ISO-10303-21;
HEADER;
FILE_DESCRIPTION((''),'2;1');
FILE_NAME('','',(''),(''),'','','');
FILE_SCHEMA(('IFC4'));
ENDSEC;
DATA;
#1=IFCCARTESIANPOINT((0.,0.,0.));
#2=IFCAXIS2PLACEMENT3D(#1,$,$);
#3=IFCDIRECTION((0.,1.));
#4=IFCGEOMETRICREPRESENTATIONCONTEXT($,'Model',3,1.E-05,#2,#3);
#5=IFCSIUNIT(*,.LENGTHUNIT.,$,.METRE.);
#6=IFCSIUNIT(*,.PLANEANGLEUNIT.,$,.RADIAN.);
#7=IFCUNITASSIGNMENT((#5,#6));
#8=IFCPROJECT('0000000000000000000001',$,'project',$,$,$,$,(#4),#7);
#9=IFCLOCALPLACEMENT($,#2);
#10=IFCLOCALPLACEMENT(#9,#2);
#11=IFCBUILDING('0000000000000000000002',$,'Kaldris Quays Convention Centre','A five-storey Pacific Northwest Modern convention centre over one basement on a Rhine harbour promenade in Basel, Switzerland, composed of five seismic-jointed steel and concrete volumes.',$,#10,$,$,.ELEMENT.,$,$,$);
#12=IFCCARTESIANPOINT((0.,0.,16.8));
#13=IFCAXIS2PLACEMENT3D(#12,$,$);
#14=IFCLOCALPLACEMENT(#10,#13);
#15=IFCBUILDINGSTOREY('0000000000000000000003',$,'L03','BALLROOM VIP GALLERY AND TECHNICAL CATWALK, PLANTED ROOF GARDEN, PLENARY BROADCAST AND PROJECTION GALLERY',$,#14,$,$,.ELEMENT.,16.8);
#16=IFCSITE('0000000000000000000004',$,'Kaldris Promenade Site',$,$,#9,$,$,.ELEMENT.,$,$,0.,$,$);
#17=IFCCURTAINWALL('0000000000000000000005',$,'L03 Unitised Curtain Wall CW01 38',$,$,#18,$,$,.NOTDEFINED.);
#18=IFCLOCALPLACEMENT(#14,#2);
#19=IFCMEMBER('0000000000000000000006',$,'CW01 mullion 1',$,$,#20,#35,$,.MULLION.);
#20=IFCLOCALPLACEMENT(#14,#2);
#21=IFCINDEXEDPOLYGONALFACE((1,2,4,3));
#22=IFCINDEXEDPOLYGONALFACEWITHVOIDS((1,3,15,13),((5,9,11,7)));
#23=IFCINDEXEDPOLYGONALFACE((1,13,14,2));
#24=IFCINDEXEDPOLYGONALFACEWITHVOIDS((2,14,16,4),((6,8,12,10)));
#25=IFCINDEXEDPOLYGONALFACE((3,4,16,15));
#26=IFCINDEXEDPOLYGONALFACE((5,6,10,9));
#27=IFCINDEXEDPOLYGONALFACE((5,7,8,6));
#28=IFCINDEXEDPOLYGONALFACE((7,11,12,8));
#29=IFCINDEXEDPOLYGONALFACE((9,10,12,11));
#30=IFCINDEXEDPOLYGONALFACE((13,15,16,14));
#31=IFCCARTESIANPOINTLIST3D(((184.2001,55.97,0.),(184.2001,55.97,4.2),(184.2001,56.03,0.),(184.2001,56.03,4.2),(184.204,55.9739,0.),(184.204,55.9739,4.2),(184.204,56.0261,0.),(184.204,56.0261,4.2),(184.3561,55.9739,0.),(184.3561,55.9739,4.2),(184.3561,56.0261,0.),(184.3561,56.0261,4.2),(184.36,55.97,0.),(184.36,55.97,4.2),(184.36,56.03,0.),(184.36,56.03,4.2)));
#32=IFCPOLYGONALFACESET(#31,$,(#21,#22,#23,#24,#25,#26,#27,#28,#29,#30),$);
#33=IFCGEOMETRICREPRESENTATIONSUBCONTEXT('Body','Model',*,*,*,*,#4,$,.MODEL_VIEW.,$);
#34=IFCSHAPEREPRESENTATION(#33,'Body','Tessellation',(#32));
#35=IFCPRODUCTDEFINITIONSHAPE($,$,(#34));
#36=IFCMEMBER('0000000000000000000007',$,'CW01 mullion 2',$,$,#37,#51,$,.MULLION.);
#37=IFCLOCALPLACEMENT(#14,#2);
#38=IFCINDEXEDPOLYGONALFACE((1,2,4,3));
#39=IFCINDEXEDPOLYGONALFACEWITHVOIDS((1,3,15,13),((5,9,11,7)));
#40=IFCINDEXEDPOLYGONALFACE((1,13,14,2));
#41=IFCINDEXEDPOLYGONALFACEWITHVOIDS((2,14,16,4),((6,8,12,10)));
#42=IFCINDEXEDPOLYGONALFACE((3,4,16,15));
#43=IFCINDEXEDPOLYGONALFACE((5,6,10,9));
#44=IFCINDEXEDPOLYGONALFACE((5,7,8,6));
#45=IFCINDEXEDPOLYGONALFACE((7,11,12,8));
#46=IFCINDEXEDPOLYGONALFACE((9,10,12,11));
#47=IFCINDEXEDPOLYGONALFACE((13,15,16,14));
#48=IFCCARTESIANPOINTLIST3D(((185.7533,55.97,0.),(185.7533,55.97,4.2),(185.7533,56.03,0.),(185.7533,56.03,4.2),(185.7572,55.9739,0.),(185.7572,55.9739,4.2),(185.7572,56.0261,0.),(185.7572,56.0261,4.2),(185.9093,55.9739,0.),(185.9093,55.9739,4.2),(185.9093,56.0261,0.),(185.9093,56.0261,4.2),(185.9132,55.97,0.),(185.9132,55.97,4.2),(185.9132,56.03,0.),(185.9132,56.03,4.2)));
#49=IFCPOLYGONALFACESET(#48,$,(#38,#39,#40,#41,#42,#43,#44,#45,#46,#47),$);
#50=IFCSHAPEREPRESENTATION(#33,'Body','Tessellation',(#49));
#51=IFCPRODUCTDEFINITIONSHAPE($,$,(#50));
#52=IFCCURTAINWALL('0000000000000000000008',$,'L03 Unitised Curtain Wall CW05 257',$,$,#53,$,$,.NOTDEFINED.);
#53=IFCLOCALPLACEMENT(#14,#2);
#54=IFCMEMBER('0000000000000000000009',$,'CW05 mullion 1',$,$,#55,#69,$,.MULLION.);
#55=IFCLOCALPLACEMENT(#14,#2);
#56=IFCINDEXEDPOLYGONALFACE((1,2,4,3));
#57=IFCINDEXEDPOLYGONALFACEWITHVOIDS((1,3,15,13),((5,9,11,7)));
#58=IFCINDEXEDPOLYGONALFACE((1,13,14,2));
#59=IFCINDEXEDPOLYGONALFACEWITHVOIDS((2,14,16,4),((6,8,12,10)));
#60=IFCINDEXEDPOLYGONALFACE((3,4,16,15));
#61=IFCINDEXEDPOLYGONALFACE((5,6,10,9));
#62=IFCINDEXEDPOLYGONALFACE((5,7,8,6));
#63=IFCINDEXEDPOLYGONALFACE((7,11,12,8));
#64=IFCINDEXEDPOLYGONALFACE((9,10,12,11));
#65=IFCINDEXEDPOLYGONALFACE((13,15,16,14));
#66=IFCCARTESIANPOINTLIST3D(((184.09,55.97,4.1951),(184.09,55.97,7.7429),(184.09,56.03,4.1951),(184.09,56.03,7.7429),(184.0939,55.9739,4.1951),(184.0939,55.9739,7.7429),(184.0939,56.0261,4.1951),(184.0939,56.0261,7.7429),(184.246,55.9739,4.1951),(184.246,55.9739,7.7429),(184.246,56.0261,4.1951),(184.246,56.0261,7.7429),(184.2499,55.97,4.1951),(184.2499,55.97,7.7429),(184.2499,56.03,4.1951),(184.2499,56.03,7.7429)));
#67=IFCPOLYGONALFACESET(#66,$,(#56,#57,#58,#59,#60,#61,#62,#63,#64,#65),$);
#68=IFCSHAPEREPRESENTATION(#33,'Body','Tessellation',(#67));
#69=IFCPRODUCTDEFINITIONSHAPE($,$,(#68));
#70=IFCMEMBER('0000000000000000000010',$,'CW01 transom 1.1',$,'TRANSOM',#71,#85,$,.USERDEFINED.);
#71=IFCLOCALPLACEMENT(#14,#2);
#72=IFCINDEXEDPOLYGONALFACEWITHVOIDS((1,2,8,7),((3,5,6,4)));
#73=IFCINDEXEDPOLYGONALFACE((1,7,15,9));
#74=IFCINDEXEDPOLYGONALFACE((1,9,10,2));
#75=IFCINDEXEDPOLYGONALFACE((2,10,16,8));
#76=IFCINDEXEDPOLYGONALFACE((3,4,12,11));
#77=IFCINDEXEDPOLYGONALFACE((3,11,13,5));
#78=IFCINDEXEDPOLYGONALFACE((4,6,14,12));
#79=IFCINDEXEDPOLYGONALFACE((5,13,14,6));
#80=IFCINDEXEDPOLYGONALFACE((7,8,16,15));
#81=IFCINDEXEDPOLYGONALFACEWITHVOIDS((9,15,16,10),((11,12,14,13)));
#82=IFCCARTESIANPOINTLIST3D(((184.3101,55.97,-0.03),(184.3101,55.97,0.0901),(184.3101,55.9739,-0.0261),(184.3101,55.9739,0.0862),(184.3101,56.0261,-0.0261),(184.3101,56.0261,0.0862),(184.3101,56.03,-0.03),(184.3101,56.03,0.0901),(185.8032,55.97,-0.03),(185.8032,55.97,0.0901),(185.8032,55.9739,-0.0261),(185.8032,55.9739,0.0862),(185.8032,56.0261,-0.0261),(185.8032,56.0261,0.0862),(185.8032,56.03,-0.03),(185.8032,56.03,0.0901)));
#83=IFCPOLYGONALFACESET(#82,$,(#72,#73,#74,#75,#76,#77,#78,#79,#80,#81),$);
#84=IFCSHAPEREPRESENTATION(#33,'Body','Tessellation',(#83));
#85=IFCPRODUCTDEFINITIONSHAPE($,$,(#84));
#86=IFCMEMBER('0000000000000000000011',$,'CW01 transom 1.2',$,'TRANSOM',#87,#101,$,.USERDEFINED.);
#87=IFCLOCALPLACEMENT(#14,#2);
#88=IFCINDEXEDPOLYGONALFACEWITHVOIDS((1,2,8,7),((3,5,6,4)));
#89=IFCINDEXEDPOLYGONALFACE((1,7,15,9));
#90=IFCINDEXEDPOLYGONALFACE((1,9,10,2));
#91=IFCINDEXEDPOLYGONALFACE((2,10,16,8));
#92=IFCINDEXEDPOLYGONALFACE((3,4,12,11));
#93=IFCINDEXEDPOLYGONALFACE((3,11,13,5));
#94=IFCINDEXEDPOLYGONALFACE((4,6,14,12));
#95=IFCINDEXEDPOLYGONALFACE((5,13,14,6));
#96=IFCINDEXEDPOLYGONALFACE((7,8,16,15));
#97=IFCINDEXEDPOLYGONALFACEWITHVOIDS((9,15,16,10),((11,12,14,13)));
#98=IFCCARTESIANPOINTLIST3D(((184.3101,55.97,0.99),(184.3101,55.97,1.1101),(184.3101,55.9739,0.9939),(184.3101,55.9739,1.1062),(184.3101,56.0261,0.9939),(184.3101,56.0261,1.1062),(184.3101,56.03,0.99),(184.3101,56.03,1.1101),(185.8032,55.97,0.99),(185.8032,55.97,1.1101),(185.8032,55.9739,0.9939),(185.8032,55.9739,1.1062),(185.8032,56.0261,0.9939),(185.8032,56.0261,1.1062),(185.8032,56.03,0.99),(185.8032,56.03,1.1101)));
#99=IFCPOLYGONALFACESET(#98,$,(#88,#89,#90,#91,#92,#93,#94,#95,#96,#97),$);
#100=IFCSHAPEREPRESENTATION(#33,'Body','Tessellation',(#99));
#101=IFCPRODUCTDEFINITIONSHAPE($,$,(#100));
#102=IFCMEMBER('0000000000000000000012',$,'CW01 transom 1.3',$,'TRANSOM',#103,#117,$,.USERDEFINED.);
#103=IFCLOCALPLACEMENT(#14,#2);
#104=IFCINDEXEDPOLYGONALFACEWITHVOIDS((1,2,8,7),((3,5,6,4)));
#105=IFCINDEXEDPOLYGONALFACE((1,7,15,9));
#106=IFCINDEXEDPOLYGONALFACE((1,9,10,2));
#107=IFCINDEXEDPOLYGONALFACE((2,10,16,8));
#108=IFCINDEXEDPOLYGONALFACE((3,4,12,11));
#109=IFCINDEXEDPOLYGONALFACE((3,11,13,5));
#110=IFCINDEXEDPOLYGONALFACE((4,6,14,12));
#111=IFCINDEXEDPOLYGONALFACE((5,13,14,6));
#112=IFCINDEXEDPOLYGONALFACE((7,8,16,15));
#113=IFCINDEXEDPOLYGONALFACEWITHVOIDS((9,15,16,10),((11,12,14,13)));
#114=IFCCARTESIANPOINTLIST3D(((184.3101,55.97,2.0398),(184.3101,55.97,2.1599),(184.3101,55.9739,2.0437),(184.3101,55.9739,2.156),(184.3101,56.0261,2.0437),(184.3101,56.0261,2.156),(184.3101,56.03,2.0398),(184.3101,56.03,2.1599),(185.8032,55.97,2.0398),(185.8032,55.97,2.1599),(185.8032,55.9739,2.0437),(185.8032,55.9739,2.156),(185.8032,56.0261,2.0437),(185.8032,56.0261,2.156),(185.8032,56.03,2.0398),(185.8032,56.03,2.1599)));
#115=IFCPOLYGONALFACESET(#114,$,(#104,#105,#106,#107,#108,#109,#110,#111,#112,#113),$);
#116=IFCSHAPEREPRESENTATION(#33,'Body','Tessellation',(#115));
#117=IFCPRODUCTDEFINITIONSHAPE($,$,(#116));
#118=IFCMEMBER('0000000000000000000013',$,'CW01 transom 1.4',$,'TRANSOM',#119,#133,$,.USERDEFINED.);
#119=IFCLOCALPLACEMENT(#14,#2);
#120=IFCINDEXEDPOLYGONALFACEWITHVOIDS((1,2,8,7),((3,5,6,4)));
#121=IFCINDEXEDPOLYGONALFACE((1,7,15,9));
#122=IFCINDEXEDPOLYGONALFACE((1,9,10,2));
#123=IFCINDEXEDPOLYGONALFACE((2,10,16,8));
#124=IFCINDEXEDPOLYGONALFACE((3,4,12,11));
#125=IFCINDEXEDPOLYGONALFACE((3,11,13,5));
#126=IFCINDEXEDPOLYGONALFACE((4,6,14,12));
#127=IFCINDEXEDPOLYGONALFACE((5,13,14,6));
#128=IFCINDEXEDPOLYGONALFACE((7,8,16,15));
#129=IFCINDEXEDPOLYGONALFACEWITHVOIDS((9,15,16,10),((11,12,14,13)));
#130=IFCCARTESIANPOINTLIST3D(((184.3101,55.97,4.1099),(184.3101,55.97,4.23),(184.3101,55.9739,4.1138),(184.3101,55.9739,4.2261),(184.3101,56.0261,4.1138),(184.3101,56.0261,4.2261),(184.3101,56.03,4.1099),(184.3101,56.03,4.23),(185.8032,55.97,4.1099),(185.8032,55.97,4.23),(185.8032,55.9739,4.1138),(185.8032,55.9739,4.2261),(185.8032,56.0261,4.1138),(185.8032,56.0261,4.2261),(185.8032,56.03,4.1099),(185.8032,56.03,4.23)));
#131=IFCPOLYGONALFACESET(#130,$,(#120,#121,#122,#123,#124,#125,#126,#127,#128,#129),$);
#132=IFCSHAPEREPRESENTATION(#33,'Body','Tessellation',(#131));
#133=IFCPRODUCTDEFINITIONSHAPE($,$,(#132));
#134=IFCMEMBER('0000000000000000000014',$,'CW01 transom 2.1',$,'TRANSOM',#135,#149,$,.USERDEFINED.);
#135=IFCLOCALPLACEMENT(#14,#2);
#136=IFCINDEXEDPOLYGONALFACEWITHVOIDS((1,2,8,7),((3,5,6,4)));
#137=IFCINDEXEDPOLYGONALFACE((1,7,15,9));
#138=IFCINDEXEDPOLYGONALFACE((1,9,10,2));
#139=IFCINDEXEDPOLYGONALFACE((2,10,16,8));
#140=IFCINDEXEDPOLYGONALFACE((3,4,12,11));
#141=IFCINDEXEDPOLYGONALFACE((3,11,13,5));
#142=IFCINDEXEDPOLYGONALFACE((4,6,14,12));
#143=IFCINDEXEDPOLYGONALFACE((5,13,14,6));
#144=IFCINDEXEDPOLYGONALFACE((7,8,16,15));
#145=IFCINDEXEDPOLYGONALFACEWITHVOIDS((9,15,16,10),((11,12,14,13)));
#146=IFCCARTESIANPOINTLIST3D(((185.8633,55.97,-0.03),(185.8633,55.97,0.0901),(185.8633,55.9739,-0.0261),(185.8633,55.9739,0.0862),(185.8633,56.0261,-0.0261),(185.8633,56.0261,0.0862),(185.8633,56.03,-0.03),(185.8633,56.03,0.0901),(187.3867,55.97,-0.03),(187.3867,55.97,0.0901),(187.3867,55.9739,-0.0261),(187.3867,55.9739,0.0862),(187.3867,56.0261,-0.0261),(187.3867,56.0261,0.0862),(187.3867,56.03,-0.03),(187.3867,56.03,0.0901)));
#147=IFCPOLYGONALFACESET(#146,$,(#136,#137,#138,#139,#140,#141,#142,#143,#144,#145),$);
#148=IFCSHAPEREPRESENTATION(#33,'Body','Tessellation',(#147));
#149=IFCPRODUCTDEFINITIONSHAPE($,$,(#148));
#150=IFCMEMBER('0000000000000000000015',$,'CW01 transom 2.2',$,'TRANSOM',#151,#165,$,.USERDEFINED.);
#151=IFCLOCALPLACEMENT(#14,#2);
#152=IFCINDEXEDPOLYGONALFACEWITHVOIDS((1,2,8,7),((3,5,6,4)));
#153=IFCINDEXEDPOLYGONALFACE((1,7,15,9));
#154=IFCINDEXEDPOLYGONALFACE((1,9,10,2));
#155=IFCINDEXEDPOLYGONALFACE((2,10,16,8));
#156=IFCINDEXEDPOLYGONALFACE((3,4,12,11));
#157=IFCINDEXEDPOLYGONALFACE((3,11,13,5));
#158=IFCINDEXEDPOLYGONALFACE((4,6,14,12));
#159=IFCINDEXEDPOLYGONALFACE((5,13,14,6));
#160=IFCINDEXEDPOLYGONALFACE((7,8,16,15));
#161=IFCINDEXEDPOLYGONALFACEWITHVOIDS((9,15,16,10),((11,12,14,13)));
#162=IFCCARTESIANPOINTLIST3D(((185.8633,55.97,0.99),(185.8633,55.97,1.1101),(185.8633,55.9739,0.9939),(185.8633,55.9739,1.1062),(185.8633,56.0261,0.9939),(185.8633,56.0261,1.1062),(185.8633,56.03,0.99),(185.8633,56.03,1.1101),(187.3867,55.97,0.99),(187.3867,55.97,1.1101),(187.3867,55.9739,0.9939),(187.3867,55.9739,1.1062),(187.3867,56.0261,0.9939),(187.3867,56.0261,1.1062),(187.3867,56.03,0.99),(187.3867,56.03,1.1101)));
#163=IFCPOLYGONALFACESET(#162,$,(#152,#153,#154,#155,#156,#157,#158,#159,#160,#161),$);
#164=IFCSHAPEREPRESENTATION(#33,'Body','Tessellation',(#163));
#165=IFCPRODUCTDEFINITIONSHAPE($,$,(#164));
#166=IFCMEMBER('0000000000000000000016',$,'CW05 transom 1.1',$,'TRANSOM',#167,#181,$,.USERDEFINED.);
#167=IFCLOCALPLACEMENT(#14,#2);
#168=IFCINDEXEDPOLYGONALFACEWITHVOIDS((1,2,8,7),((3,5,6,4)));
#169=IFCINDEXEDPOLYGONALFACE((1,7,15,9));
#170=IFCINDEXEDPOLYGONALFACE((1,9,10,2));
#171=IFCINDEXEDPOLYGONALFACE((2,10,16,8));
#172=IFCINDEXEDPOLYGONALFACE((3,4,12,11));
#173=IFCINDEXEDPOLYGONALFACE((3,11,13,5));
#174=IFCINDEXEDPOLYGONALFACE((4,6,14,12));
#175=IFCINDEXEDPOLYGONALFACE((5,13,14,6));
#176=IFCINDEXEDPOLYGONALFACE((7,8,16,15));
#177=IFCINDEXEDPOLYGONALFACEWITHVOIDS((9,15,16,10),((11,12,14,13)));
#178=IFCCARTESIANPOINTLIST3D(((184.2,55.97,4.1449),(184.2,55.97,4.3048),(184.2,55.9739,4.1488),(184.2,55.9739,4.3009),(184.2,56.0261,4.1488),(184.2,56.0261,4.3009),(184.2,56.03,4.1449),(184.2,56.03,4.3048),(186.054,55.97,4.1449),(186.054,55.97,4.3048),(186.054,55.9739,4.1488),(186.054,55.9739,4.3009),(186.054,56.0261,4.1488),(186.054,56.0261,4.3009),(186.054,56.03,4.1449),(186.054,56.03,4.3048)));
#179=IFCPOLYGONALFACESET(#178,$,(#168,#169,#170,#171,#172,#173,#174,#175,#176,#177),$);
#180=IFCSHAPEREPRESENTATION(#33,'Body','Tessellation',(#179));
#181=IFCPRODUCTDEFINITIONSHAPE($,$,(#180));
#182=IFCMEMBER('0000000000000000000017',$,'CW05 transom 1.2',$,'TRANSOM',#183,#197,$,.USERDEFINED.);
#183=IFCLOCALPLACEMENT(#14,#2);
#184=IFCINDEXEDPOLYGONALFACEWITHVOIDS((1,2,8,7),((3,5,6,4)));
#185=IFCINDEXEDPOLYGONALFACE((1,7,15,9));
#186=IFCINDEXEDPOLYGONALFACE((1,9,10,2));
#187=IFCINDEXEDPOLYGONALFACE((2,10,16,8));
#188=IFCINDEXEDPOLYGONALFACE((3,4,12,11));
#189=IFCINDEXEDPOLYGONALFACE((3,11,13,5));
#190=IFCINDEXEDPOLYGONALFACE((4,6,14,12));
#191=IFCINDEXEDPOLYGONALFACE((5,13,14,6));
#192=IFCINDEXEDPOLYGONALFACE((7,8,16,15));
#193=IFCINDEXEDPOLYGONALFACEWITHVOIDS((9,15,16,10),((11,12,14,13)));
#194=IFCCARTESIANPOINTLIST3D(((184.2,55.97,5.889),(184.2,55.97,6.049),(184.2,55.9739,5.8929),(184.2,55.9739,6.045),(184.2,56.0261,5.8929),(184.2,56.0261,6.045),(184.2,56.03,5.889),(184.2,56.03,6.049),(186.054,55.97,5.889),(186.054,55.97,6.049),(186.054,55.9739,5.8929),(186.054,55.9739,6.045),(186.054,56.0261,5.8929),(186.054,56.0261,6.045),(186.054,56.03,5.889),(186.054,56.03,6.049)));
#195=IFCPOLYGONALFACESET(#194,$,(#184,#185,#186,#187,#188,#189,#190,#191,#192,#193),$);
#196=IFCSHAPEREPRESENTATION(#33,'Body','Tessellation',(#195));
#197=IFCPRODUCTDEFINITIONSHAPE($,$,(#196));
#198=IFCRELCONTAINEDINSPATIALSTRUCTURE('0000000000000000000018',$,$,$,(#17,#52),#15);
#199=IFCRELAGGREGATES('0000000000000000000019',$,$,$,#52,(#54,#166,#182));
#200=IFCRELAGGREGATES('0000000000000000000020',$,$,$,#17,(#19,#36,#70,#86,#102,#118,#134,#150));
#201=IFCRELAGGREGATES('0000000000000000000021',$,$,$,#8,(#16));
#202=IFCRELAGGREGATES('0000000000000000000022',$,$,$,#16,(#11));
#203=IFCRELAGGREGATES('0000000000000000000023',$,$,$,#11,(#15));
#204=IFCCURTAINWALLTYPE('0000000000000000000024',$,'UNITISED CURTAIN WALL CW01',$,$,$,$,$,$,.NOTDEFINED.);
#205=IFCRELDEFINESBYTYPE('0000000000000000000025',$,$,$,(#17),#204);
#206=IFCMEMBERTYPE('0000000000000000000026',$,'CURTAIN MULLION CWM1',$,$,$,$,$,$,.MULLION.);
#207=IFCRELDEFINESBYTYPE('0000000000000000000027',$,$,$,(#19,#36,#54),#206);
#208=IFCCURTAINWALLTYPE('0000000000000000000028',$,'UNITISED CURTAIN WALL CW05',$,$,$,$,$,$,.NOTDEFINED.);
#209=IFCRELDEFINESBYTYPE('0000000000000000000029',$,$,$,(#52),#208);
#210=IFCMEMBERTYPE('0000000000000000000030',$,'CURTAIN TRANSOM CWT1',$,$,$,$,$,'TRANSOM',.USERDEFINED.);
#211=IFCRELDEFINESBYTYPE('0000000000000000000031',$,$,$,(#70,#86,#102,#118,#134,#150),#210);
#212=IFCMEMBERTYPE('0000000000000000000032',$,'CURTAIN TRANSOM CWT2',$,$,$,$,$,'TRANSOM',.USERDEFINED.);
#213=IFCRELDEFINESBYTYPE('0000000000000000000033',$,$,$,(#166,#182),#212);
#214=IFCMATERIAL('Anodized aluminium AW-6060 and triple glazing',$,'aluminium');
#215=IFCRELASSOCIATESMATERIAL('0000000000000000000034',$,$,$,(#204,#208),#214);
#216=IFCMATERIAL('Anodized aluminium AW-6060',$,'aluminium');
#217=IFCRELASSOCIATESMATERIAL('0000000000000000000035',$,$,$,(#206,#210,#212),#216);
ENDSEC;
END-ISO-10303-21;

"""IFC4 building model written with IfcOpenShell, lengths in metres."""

from ifc_helpers import new_model, si_unit, direction, frame, origin, origin_2d, place, context, subcontext, project, spatial, hollow_rectangle, extrude, material, material_profile, profile_set, type_object, element, aggregate, save


model = new_model("IFC4")

# Units and contexts
model_context = context("Model", 3, precision=1e-05, world=origin(), true_north=direction((0.0, 1.0)))
body_context = subcontext(model_context, "Body", "Model", "MODEL_VIEW")
ifc_project = project(units=[si_unit("LENGTHUNIT", "METRE"), si_unit("PLANEANGLEUNIT", "RADIAN")], contexts=[model_context])

# Site, building, storey
site_placement = place(None, origin())
site = spatial("IfcSite", under=ifc_project, at=site_placement, Name="Kaldris Promenade Site", CompositionType="ELEMENT", RefElevation=0.0)
building_placement = place(site_placement, origin())
building = spatial("IfcBuilding", under=site, at=building_placement, Name="Kaldris Quays Convention Centre", Description="A five-storey Pacific Northwest Modern convention centre over one basement on a Rhine harbour promenade in Basel, Switzerland, composed of five seismic-jointed steel and concrete volumes.", CompositionType="ELEMENT")
storey_placement = place(building_placement, frame((0.0, 0.0, 16.8)))
storey = spatial("IfcBuildingStorey", under=building, at=storey_placement, Name="L03", Description="BALLROOM VIP GALLERY AND TECHNICAL CATWALK, PLANTED ROOF GARDEN, PLENARY BROADCAST AND PROJECTION GALLERY", CompositionType="ELEMENT", Elevation=16.8)

# Curtain wall, members
ifc_material_1 = material(Name="Anodized aluminium AW-6060 and triple glazing", Category="aluminium")
curtain_wall_type_1 = type_object("IfcCurtainWallType", Name="UNITISED CURTAIN WALL CW01", PredefinedType="NOTDEFINED", material=ifc_material_1)
curtain_wall_1_placement = place(storey_placement, origin())
curtain_wall_1 = element("IfcCurtainWall", 1, at=curtain_wall_1_placement, inside=storey, type_object=curtain_wall_type_1, Name="L03 Unitised Curtain Wall CW01 38", PredefinedType="NOTDEFINED")
ifc_material_2 = material(Name="Anodized aluminium AW-6060", Category="aluminium")
ifc_material_profile_1 = material_profile(ifc_material_2, hollow_rectangle(XDim=0.0601, YDim=0.1599, WallThickness=0.0039, at=origin_2d()), Name="RHS 160x60x4")
ifc_profile_set_1 = profile_set([ifc_material_profile_1], Name="Anodized aluminium AW-6060")
member_type_1 = type_object("IfcMemberType", Name="CURTAIN MULLION CWM1", PredefinedType="MULLION", material=ifc_profile_set_1)
member_1_placement = place(storey_placement, frame((184.28, 56.0, 0.0), z_axis=(0.0, 0.0, 1.0), x_axis=(0.0, 1.0, 0.0)))
member_1 = element("IfcMember", 2, at=member_1_placement, type_object=member_type_1, Name="CW01 mullion 1", PredefinedType="MULLION", context=body_context, shape_type="SweptSolid", body=[
    extrude(hollow_rectangle(XDim=0.0601, YDim=0.1599, WallThickness=0.0039, at=origin_2d()), origin(), (0.0, 0.0, 1.0), 4.2),
])
member_2_placement = place(storey_placement, frame((185.8333, 56.0, 0.0), z_axis=(0.0, 0.0, 1.0), x_axis=(0.0, 1.0, 0.0)))
member_2 = element("IfcMember", 3, at=member_2_placement, type_object=member_type_1, Name="CW01 mullion 2", PredefinedType="MULLION", context=body_context, shape_type="SweptSolid", body=[
    extrude(hollow_rectangle(XDim=0.0601, YDim=0.1599, WallThickness=0.0039, at=origin_2d()), origin(), (0.0, 0.0, 1.0), 4.2),
])

# Curtain wall, member
curtain_wall_type_2 = type_object("IfcCurtainWallType", Name="UNITISED CURTAIN WALL CW05", PredefinedType="NOTDEFINED", material=ifc_material_1)
curtain_wall_2_placement = place(storey_placement, origin())
curtain_wall_2 = element("IfcCurtainWall", 4, at=curtain_wall_2_placement, inside=storey, type_object=curtain_wall_type_2, Name="L03 Unitised Curtain Wall CW05 257", PredefinedType="NOTDEFINED")
member_3_placement = place(storey_placement, frame((184.1699, 56.0, 4.1951), z_axis=(0.0, 0.0, 1.0), x_axis=(0.0, 1.0, 0.0)))
member_3 = element("IfcMember", 5, at=member_3_placement, type_object=member_type_1, Name="CW05 mullion 1", PredefinedType="MULLION", context=body_context, shape_type="SweptSolid", body=[
    extrude(hollow_rectangle(XDim=0.0601, YDim=0.1599, WallThickness=0.0039, at=origin_2d()), origin(), (0.0, 0.0, 1.0), 3.5479),
])

# Members
ifc_material_profile_2 = material_profile(ifc_material_2, hollow_rectangle(XDim=0.0601, YDim=0.1201, WallThickness=0.0039, at=origin_2d()), Name="RHS 120x60x4")
ifc_profile_set_2 = profile_set([ifc_material_profile_2], Name="Anodized aluminium AW-6060")
member_type_2 = type_object("IfcMemberType", Name="CURTAIN TRANSOM CWT1", ElementType="TRANSOM", PredefinedType="USERDEFINED", material=ifc_profile_set_2)
member_4_placement = place(storey_placement, frame((184.3101, 56.0, 0.03), z_axis=(1.0, 0.0, 0.0), x_axis=(0.0, 1.0, 0.0)))
member_4 = element("IfcMember", 6, at=member_4_placement, type_object=member_type_2, Name="CW01 transom 1.1", ObjectType="TRANSOM", PredefinedType="USERDEFINED", context=body_context, shape_type="SweptSolid", body=[
    extrude(hollow_rectangle(XDim=0.0601, YDim=0.1201, WallThickness=0.0039, at=origin_2d()), origin(), (0.0, 0.0, 1.0), 1.4932),
])
member_5_placement = place(storey_placement, frame((184.3101, 56.0, 1.05), z_axis=(1.0, 0.0, 0.0), x_axis=(0.0, 1.0, 0.0)))
member_5 = element("IfcMember", 7, at=member_5_placement, type_object=member_type_2, Name="CW01 transom 1.2", ObjectType="TRANSOM", PredefinedType="USERDEFINED", context=body_context, shape_type="SweptSolid", body=[
    extrude(hollow_rectangle(XDim=0.0601, YDim=0.1201, WallThickness=0.0039, at=origin_2d()), origin(), (0.0, 0.0, 1.0), 1.4932),
])
member_6_placement = place(storey_placement, frame((184.3101, 56.0, 2.0999), z_axis=(1.0, 0.0, 0.0), x_axis=(0.0, 1.0, 0.0)))
member_6 = element("IfcMember", 8, at=member_6_placement, type_object=member_type_2, Name="CW01 transom 1.3", ObjectType="TRANSOM", PredefinedType="USERDEFINED", context=body_context, shape_type="SweptSolid", body=[
    extrude(hollow_rectangle(XDim=0.0601, YDim=0.1201, WallThickness=0.0039, at=origin_2d()), origin(), (0.0, 0.0, 1.0), 1.4932),
])
member_7_placement = place(storey_placement, frame((184.3101, 56.0, 4.1699), z_axis=(1.0, 0.0, 0.0), x_axis=(0.0, 1.0, 0.0)))
member_7 = element("IfcMember", 9, at=member_7_placement, type_object=member_type_2, Name="CW01 transom 1.4", ObjectType="TRANSOM", PredefinedType="USERDEFINED", context=body_context, shape_type="SweptSolid", body=[
    extrude(hollow_rectangle(XDim=0.0601, YDim=0.1201, WallThickness=0.0039, at=origin_2d()), origin(), (0.0, 0.0, 1.0), 1.4932),
])
member_8_placement = place(storey_placement, frame((185.8633, 56.0, 0.03), z_axis=(1.0, 0.0, 0.0), x_axis=(0.0, 1.0, 0.0)))
member_8 = element("IfcMember", 10, at=member_8_placement, type_object=member_type_2, Name="CW01 transom 2.1", ObjectType="TRANSOM", PredefinedType="USERDEFINED", context=body_context, shape_type="SweptSolid", body=[
    extrude(hollow_rectangle(XDim=0.0601, YDim=0.1201, WallThickness=0.0039, at=origin_2d()), origin(), (0.0, 0.0, 1.0), 1.5234),
])
member_9_placement = place(storey_placement, frame((185.8633, 56.0, 1.05), z_axis=(1.0, 0.0, 0.0), x_axis=(0.0, 1.0, 0.0)))
member_9 = element("IfcMember", 11, at=member_9_placement, type_object=member_type_2, Name="CW01 transom 2.2", ObjectType="TRANSOM", PredefinedType="USERDEFINED", context=body_context, shape_type="SweptSolid", body=[
    extrude(hollow_rectangle(XDim=0.0601, YDim=0.1201, WallThickness=0.0039, at=origin_2d()), origin(), (0.0, 0.0, 1.0), 1.5234),
])
ifc_material_profile_3 = material_profile(ifc_material_2, hollow_rectangle(XDim=0.0601, YDim=0.1599, WallThickness=0.0039, at=origin_2d()), Name="RHS 160x60x4")
ifc_profile_set_3 = profile_set([ifc_material_profile_3], Name="Anodized aluminium AW-6060")
member_type_3 = type_object("IfcMemberType", Name="CURTAIN TRANSOM CWT2", ElementType="TRANSOM", PredefinedType="USERDEFINED", material=ifc_profile_set_3)
member_10_placement = place(storey_placement, frame((184.2, 56.0, 4.2249), z_axis=(1.0, 0.0, 0.0), x_axis=(0.0, 1.0, 0.0)))
member_10 = element("IfcMember", 12, at=member_10_placement, type_object=member_type_3, Name="CW05 transom 1.1", ObjectType="TRANSOM", PredefinedType="USERDEFINED", context=body_context, shape_type="SweptSolid", body=[
    extrude(hollow_rectangle(XDim=0.0601, YDim=0.1599, WallThickness=0.0039, at=origin_2d()), origin(), (0.0, 0.0, 1.0), 1.854),
])
member_11_placement = place(storey_placement, frame((184.2, 56.0, 5.969), z_axis=(1.0, 0.0, 0.0), x_axis=(0.0, 1.0, 0.0)))
member_11 = element("IfcMember", 13, at=member_11_placement, type_object=member_type_3, Name="CW05 transom 1.2", ObjectType="TRANSOM", PredefinedType="USERDEFINED", context=body_context, shape_type="SweptSolid", body=[
    extrude(hollow_rectangle(XDim=0.0601, YDim=0.1599, WallThickness=0.0039, at=origin_2d()), origin(), (0.0, 0.0, 1.0), 1.854),
])

aggregate(curtain_wall_2, [member_3, member_10, member_11])
aggregate(curtain_wall_1, [member_1, member_2, member_4, member_5, member_6, member_7, member_8, member_9])

save(model, "model.ifc")
